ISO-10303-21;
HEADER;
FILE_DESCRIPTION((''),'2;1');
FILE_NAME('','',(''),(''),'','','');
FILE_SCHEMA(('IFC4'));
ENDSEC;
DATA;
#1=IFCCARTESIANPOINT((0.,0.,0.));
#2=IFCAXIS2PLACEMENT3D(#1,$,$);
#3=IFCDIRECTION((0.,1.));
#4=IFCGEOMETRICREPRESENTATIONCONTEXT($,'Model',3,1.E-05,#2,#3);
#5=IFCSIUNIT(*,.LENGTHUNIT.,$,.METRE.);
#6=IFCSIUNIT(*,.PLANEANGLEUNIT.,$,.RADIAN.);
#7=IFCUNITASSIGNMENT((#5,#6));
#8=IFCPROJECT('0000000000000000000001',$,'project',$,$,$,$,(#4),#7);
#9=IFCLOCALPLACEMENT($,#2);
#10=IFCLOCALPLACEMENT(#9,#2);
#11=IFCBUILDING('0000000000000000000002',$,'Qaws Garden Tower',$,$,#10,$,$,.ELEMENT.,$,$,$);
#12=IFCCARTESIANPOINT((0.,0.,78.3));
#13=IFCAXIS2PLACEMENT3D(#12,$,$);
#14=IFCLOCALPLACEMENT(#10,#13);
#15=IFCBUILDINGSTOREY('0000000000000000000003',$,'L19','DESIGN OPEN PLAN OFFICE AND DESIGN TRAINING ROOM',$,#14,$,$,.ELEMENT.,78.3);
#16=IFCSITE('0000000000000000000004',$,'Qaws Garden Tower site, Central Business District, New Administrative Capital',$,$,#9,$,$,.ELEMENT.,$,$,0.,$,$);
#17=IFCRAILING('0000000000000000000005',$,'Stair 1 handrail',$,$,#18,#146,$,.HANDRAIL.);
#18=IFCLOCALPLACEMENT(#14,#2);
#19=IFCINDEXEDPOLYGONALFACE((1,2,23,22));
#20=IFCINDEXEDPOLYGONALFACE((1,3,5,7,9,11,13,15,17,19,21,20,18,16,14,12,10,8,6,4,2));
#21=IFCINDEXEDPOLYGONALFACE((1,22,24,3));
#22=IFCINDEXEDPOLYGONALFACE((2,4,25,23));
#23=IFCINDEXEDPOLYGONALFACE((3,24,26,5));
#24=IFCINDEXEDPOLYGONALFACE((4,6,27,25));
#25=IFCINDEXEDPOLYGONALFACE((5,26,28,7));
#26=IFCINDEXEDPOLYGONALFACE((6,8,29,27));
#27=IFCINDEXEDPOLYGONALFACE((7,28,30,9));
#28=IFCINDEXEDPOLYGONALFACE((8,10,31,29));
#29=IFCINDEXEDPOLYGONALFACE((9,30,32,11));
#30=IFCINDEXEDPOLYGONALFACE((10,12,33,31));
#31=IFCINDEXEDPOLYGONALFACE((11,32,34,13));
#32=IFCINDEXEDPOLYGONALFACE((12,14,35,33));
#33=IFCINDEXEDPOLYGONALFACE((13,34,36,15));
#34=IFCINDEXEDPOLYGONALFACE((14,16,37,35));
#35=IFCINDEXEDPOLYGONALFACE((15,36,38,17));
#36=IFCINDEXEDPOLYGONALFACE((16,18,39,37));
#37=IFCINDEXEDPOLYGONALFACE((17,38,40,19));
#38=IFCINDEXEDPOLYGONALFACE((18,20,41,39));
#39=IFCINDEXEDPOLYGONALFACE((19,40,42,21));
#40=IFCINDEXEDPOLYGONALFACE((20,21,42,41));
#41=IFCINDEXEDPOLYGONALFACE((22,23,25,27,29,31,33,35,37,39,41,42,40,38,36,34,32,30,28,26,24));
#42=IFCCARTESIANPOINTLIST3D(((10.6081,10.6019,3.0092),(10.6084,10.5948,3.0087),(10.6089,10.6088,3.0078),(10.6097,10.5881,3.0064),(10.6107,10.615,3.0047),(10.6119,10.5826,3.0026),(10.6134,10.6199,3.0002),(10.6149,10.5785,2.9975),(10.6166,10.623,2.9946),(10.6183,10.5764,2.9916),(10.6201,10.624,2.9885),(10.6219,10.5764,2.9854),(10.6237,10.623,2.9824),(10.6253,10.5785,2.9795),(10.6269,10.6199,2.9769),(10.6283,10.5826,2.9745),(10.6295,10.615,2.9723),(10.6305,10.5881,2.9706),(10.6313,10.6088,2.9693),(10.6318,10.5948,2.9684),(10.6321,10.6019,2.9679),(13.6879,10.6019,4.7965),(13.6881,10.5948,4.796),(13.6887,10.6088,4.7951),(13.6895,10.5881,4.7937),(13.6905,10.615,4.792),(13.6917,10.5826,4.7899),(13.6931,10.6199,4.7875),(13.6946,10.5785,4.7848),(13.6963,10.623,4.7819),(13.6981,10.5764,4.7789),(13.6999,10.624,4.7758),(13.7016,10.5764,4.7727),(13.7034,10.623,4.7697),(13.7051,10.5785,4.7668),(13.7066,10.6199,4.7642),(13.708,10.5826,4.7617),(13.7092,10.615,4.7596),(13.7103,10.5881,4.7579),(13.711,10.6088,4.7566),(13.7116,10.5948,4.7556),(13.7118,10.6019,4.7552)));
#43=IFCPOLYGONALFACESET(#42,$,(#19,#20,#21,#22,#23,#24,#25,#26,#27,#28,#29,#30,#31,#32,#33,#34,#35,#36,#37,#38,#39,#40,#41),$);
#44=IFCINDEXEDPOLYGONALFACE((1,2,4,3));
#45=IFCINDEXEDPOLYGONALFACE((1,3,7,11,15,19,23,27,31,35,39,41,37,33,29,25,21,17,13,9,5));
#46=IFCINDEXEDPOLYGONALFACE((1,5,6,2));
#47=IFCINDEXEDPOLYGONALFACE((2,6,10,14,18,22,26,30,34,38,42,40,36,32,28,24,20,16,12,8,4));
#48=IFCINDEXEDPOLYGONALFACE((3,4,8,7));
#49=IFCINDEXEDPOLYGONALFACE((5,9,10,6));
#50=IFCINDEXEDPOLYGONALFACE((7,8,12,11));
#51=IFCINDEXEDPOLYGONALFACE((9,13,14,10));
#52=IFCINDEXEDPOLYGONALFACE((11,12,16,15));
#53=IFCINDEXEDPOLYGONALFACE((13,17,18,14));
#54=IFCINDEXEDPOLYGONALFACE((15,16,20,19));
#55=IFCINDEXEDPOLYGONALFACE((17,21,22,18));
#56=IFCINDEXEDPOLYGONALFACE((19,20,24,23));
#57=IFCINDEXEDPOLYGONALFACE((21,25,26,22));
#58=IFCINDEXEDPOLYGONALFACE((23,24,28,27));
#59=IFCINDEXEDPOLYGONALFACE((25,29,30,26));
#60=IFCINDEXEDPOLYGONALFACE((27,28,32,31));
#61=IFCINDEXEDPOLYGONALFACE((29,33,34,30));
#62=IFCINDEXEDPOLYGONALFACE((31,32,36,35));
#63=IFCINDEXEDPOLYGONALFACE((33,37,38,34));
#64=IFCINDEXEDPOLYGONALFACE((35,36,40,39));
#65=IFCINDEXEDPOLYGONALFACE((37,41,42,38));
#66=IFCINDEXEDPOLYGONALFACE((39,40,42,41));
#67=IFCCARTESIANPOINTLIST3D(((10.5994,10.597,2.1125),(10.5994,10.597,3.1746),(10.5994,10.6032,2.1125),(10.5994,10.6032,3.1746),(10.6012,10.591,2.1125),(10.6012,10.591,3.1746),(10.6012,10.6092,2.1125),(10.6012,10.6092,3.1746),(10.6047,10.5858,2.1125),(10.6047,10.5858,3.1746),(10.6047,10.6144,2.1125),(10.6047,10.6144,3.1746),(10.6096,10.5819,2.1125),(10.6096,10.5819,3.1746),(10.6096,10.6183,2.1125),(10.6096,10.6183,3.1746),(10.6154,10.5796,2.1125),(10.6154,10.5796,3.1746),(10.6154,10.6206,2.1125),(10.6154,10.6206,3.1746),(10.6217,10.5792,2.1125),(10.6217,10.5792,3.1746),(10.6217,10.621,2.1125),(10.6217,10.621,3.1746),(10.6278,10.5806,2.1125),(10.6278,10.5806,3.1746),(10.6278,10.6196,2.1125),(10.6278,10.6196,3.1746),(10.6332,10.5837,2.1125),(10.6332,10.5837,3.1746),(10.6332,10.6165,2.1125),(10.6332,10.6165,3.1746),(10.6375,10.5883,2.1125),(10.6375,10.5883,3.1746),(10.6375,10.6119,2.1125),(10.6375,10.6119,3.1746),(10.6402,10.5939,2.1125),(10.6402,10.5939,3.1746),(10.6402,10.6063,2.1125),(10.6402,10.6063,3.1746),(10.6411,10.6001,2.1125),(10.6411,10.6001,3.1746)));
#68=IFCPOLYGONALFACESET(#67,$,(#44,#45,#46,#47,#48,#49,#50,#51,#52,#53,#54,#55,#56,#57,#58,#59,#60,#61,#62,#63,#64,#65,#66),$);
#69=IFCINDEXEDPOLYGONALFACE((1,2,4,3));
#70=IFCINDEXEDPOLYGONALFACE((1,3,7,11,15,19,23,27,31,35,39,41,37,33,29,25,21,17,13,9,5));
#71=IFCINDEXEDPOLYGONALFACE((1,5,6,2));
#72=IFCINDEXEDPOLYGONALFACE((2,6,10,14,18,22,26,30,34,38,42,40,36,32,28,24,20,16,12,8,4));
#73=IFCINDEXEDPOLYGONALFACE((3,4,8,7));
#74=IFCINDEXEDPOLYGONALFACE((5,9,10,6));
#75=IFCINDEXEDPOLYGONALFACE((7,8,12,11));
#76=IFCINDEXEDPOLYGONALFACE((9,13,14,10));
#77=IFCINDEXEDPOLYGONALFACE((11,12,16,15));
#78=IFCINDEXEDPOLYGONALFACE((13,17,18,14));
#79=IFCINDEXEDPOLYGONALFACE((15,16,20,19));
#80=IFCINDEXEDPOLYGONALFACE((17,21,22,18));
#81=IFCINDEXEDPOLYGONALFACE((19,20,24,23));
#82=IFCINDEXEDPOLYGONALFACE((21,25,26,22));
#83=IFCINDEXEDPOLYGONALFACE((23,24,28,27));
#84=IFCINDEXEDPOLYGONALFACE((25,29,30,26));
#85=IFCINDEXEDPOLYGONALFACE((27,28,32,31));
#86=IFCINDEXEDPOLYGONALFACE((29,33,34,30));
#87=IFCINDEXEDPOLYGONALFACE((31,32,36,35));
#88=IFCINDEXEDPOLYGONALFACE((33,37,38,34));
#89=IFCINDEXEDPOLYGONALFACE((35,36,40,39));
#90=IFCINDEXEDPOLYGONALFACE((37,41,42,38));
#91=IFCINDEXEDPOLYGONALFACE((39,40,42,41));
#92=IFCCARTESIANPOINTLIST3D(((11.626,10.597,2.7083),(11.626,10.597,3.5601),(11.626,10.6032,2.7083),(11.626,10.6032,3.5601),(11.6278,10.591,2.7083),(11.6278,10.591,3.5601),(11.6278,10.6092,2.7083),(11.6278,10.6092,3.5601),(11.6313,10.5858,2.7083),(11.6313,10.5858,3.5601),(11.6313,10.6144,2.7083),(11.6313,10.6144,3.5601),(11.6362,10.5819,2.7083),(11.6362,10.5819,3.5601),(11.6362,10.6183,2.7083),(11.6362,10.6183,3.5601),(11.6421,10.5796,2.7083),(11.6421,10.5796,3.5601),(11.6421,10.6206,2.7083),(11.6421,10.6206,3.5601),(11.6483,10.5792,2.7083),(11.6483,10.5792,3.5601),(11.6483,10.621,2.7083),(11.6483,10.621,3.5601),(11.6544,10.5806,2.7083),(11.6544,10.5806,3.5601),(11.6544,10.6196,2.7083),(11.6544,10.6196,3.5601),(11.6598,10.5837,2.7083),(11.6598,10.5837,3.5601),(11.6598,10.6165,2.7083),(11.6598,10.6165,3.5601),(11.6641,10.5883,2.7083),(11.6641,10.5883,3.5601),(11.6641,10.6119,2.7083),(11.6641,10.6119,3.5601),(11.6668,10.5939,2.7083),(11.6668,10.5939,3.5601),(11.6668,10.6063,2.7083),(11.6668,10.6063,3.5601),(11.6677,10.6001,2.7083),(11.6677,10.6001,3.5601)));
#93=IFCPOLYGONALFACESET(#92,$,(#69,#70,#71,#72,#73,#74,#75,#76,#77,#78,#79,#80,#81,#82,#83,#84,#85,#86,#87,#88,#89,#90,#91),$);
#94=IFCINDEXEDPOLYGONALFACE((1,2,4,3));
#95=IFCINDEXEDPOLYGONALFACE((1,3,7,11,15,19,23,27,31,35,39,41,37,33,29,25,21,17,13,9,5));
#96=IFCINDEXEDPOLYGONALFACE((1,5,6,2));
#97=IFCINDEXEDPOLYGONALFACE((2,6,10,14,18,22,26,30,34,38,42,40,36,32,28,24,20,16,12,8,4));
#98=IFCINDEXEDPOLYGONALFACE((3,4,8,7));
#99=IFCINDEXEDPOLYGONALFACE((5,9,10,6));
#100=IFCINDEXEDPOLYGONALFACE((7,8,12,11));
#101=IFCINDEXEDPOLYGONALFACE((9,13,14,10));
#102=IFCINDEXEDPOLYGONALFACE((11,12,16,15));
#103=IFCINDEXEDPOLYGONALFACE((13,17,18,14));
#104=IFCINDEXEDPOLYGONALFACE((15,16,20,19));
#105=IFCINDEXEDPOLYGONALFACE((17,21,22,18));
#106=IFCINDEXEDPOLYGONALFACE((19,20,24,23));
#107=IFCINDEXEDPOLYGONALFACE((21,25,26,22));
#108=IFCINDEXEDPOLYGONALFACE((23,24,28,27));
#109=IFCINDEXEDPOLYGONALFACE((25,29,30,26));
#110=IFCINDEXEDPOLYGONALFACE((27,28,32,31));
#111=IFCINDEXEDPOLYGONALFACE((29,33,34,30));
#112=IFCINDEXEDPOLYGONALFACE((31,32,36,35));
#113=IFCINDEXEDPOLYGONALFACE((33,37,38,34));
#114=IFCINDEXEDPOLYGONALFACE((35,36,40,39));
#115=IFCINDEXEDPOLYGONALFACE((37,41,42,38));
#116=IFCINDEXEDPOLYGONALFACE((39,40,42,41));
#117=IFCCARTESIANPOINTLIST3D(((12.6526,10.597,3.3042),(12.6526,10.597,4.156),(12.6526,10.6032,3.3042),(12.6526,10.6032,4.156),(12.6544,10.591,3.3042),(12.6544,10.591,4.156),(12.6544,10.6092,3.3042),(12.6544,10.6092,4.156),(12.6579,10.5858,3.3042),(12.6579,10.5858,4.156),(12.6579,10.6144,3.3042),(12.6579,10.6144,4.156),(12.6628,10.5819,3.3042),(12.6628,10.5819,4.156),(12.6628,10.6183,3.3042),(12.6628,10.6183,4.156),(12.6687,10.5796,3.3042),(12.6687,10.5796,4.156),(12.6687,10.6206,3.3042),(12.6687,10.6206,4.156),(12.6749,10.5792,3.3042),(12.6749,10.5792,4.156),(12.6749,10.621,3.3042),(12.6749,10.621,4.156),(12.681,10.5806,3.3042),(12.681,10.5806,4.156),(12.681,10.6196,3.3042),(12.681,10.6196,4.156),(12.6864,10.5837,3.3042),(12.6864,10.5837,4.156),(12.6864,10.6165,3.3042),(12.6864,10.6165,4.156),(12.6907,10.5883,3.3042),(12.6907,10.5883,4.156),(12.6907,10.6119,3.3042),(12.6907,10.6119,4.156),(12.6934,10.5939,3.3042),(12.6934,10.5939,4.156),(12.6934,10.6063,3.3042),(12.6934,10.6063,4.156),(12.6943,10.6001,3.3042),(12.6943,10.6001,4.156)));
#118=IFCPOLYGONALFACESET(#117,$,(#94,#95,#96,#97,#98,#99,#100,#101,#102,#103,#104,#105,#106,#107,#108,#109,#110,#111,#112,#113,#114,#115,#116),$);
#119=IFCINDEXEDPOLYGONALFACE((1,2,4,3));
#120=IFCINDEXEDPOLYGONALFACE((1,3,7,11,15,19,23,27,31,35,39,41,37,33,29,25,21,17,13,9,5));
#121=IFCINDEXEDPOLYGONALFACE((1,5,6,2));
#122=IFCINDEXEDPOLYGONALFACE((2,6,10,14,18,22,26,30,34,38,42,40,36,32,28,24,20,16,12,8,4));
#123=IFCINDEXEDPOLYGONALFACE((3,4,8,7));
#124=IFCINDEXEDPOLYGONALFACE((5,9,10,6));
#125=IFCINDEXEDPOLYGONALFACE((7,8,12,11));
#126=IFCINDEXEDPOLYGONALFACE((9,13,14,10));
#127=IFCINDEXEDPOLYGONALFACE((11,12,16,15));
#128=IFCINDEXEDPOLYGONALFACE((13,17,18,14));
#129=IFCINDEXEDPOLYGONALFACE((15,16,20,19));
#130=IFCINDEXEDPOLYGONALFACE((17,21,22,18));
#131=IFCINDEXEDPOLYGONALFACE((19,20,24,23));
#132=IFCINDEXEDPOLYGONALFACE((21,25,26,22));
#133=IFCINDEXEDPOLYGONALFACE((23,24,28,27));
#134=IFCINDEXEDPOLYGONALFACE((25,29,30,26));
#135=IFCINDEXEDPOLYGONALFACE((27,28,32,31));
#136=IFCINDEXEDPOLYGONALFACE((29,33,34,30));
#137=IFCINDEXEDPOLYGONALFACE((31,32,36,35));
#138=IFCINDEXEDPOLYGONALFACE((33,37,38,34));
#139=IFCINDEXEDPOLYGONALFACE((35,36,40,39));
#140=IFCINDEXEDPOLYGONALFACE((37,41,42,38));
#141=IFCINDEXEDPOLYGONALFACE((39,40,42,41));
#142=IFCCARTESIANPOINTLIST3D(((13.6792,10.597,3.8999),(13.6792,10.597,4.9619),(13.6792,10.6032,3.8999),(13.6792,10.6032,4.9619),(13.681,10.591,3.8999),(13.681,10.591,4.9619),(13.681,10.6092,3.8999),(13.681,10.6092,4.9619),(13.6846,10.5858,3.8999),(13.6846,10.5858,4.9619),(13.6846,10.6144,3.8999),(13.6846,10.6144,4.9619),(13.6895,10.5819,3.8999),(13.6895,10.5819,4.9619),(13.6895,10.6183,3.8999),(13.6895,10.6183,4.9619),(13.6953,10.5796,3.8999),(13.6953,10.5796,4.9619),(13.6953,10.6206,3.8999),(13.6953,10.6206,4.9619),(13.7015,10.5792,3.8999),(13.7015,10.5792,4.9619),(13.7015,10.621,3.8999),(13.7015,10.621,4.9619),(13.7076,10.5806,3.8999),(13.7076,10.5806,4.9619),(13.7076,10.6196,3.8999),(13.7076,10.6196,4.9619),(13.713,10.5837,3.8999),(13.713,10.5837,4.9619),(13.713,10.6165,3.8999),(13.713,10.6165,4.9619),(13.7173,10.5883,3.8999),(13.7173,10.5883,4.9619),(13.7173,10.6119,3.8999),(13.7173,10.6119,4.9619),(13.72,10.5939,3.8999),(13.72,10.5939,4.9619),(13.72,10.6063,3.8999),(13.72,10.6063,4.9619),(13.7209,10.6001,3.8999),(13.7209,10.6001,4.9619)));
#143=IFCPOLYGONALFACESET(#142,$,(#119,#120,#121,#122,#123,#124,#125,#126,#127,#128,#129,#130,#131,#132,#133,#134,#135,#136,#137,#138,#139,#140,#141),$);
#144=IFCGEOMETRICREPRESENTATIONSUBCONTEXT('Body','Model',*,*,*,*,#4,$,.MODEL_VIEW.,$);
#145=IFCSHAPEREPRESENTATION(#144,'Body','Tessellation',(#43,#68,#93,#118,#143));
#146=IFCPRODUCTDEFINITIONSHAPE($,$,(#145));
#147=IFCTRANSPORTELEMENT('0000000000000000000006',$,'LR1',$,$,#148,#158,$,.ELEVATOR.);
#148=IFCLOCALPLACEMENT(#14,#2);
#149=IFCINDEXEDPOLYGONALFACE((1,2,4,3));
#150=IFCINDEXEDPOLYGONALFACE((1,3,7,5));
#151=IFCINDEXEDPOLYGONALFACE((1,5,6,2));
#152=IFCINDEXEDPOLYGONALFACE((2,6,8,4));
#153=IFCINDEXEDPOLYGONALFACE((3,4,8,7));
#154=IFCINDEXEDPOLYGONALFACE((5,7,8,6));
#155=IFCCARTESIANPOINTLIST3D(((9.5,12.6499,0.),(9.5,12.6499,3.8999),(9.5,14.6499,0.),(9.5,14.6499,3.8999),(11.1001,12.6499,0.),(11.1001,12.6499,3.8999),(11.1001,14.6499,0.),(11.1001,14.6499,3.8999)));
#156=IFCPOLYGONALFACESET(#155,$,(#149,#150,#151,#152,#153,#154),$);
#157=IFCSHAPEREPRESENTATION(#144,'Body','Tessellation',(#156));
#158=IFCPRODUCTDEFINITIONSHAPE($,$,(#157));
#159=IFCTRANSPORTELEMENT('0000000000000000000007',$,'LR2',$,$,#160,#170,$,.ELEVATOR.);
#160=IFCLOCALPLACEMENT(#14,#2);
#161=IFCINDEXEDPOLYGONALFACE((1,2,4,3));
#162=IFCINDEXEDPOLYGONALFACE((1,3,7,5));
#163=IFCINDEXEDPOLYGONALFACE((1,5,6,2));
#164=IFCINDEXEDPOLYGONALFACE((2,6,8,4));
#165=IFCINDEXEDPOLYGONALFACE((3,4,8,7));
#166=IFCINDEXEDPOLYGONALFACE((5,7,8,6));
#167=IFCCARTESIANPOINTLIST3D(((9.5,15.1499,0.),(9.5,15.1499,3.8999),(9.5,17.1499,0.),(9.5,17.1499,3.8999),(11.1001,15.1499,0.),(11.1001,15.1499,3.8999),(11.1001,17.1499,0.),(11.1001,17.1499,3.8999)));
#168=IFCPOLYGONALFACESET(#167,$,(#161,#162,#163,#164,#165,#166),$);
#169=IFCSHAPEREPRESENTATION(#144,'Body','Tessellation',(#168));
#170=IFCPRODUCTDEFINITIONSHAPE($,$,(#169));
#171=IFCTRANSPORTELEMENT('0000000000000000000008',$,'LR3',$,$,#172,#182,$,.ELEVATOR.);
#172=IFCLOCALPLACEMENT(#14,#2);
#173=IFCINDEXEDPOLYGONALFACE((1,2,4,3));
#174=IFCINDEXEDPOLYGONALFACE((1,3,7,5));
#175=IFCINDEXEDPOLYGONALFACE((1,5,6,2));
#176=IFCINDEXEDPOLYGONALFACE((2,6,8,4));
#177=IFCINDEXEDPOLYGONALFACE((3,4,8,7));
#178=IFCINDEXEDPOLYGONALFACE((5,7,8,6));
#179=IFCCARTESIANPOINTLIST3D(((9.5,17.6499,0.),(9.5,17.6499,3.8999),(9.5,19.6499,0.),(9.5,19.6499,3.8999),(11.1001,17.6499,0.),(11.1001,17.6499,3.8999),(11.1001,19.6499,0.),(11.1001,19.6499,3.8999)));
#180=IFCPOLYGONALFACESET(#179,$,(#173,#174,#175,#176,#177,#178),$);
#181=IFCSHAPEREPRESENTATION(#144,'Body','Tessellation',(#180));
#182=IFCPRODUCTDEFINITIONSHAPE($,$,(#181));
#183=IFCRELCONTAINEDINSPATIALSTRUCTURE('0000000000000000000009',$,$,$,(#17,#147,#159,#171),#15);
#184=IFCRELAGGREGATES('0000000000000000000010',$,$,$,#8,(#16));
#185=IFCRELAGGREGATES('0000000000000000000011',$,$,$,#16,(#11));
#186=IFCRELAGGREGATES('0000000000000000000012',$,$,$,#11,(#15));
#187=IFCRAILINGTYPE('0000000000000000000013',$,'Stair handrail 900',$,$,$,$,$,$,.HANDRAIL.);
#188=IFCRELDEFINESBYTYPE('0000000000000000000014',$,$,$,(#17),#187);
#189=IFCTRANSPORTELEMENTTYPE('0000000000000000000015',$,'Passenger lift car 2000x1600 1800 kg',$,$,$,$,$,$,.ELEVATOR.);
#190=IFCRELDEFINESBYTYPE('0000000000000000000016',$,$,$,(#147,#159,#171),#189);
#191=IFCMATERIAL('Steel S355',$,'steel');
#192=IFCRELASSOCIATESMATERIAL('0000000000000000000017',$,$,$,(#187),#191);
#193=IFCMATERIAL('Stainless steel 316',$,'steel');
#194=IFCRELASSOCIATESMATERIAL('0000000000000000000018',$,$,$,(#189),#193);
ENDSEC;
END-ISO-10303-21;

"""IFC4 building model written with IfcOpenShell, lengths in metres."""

from ifc_helpers import new_model, si_unit, direction, frame, origin, origin_2d, place, context, subcontext, project, spatial, rectangle, circle, extrude, material, type_object, element, save


model = new_model("IFC4")

# Units and contexts
model_context = context("Model", 3, precision=1e-05, world=origin(), true_north=direction((0.0, 1.0)))
body_context = subcontext(model_context, "Body", "Model", "MODEL_VIEW")
ifc_project = project(units=[si_unit("LENGTHUNIT", "METRE"), si_unit("PLANEANGLEUNIT", "RADIAN")], contexts=[model_context])

# Site, building, storey
site_placement = place(None, origin())
site = spatial("IfcSite", under=ifc_project, at=site_placement, Name="Qaws Garden Tower site, Central Business District, New Administrative Capital", CompositionType="ELEMENT", RefElevation=0.0)
building_placement = place(site_placement, origin())
building = spatial("IfcBuilding", under=site, at=building_placement, Name="Qaws Garden Tower", CompositionType="ELEMENT")
storey_placement = place(building_placement, frame((0.0, 0.0, 78.3)))
storey = spatial("IfcBuildingStorey", under=building, at=storey_placement, Name="L19", Description="DESIGN OPEN PLAN OFFICE AND DESIGN TRAINING ROOM", CompositionType="ELEMENT", Elevation=78.3)

# Railing
ifc_material_1 = material(Name="Steel S355", Category="steel")
railing_type = type_object("IfcRailingType", Name="Stair handrail 900", PredefinedType="HANDRAIL", material=ifc_material_1)
railing_1_placement = place(storey_placement, frame((10.6201, 10.6001, 2.1125)))
element("IfcRailing", 1, at=railing_1_placement, inside=storey, type_object=railing_type, Name="Stair 1 handrail", PredefinedType="HANDRAIL", context=body_context, shape_type="SweptSolid", body=[
    extrude(circle(Radius=0.0239, at=origin_2d()), frame((0.0, 0.0, 0.876), z_axis=(0.864903, 0.0, 0.501939), x_axis=(0.0, 1.0, 0.0)), (0.0, 0.0, 1.0), 3.5608),
    extrude(circle(Radius=0.021, at=origin_2d()), origin(), (0.0, 0.0, 1.0), 1.062),
    extrude(circle(Radius=0.021, at=origin_2d()), frame((1.0266, 0.0, 0.5957)), (0.0, 0.0, 1.0), 0.8518),
    extrude(circle(Radius=0.021, at=origin_2d()), frame((2.0532, 0.0, 1.1917)), (0.0, 0.0, 1.0), 0.8518),
    extrude(circle(Radius=0.021, at=origin_2d()), frame((3.0798, 0.0, 1.7874)), (0.0, 0.0, 1.0), 1.062),
])

# Transport elements
ifc_material_2 = material(Name="Stainless steel 316", Category="steel")
transport_element_type = type_object("IfcTransportElementType", Name="Passenger lift car 2000x1600 1800 kg", PredefinedType="ELEVATOR", material=ifc_material_2)
for number, where, z_axis, x_axis, name in (
    (2, (10.3, 13.6499, 0.0), (0.0, 0.0, 1.0), (1.0, 0.0, 0.0), "LR1"),
    (3, (10.3, 16.1499, 0.0), (0.0, 0.0, 1.0), (1.0, 0.0, 0.0), "LR2"),
    (4, (10.3, 18.6499, 0.0), (0.0, 0.0, 1.0), (1.0, 0.0, 0.0), "LR3"),
):
    element("IfcTransportElement", number, at=place(storey_placement, frame(where, z_axis=z_axis, x_axis=x_axis)), inside=storey, type_object=transport_element_type, Name=name, PredefinedType="ELEVATOR", context=body_context, shape_type="SweptSolid", body=[
        extrude(rectangle(XDim=1.6001, YDim=2.0, at=origin_2d()), origin(), (0.0, 0.0, 1.0), 3.8999),
    ])

save(model, "model.ifc")
